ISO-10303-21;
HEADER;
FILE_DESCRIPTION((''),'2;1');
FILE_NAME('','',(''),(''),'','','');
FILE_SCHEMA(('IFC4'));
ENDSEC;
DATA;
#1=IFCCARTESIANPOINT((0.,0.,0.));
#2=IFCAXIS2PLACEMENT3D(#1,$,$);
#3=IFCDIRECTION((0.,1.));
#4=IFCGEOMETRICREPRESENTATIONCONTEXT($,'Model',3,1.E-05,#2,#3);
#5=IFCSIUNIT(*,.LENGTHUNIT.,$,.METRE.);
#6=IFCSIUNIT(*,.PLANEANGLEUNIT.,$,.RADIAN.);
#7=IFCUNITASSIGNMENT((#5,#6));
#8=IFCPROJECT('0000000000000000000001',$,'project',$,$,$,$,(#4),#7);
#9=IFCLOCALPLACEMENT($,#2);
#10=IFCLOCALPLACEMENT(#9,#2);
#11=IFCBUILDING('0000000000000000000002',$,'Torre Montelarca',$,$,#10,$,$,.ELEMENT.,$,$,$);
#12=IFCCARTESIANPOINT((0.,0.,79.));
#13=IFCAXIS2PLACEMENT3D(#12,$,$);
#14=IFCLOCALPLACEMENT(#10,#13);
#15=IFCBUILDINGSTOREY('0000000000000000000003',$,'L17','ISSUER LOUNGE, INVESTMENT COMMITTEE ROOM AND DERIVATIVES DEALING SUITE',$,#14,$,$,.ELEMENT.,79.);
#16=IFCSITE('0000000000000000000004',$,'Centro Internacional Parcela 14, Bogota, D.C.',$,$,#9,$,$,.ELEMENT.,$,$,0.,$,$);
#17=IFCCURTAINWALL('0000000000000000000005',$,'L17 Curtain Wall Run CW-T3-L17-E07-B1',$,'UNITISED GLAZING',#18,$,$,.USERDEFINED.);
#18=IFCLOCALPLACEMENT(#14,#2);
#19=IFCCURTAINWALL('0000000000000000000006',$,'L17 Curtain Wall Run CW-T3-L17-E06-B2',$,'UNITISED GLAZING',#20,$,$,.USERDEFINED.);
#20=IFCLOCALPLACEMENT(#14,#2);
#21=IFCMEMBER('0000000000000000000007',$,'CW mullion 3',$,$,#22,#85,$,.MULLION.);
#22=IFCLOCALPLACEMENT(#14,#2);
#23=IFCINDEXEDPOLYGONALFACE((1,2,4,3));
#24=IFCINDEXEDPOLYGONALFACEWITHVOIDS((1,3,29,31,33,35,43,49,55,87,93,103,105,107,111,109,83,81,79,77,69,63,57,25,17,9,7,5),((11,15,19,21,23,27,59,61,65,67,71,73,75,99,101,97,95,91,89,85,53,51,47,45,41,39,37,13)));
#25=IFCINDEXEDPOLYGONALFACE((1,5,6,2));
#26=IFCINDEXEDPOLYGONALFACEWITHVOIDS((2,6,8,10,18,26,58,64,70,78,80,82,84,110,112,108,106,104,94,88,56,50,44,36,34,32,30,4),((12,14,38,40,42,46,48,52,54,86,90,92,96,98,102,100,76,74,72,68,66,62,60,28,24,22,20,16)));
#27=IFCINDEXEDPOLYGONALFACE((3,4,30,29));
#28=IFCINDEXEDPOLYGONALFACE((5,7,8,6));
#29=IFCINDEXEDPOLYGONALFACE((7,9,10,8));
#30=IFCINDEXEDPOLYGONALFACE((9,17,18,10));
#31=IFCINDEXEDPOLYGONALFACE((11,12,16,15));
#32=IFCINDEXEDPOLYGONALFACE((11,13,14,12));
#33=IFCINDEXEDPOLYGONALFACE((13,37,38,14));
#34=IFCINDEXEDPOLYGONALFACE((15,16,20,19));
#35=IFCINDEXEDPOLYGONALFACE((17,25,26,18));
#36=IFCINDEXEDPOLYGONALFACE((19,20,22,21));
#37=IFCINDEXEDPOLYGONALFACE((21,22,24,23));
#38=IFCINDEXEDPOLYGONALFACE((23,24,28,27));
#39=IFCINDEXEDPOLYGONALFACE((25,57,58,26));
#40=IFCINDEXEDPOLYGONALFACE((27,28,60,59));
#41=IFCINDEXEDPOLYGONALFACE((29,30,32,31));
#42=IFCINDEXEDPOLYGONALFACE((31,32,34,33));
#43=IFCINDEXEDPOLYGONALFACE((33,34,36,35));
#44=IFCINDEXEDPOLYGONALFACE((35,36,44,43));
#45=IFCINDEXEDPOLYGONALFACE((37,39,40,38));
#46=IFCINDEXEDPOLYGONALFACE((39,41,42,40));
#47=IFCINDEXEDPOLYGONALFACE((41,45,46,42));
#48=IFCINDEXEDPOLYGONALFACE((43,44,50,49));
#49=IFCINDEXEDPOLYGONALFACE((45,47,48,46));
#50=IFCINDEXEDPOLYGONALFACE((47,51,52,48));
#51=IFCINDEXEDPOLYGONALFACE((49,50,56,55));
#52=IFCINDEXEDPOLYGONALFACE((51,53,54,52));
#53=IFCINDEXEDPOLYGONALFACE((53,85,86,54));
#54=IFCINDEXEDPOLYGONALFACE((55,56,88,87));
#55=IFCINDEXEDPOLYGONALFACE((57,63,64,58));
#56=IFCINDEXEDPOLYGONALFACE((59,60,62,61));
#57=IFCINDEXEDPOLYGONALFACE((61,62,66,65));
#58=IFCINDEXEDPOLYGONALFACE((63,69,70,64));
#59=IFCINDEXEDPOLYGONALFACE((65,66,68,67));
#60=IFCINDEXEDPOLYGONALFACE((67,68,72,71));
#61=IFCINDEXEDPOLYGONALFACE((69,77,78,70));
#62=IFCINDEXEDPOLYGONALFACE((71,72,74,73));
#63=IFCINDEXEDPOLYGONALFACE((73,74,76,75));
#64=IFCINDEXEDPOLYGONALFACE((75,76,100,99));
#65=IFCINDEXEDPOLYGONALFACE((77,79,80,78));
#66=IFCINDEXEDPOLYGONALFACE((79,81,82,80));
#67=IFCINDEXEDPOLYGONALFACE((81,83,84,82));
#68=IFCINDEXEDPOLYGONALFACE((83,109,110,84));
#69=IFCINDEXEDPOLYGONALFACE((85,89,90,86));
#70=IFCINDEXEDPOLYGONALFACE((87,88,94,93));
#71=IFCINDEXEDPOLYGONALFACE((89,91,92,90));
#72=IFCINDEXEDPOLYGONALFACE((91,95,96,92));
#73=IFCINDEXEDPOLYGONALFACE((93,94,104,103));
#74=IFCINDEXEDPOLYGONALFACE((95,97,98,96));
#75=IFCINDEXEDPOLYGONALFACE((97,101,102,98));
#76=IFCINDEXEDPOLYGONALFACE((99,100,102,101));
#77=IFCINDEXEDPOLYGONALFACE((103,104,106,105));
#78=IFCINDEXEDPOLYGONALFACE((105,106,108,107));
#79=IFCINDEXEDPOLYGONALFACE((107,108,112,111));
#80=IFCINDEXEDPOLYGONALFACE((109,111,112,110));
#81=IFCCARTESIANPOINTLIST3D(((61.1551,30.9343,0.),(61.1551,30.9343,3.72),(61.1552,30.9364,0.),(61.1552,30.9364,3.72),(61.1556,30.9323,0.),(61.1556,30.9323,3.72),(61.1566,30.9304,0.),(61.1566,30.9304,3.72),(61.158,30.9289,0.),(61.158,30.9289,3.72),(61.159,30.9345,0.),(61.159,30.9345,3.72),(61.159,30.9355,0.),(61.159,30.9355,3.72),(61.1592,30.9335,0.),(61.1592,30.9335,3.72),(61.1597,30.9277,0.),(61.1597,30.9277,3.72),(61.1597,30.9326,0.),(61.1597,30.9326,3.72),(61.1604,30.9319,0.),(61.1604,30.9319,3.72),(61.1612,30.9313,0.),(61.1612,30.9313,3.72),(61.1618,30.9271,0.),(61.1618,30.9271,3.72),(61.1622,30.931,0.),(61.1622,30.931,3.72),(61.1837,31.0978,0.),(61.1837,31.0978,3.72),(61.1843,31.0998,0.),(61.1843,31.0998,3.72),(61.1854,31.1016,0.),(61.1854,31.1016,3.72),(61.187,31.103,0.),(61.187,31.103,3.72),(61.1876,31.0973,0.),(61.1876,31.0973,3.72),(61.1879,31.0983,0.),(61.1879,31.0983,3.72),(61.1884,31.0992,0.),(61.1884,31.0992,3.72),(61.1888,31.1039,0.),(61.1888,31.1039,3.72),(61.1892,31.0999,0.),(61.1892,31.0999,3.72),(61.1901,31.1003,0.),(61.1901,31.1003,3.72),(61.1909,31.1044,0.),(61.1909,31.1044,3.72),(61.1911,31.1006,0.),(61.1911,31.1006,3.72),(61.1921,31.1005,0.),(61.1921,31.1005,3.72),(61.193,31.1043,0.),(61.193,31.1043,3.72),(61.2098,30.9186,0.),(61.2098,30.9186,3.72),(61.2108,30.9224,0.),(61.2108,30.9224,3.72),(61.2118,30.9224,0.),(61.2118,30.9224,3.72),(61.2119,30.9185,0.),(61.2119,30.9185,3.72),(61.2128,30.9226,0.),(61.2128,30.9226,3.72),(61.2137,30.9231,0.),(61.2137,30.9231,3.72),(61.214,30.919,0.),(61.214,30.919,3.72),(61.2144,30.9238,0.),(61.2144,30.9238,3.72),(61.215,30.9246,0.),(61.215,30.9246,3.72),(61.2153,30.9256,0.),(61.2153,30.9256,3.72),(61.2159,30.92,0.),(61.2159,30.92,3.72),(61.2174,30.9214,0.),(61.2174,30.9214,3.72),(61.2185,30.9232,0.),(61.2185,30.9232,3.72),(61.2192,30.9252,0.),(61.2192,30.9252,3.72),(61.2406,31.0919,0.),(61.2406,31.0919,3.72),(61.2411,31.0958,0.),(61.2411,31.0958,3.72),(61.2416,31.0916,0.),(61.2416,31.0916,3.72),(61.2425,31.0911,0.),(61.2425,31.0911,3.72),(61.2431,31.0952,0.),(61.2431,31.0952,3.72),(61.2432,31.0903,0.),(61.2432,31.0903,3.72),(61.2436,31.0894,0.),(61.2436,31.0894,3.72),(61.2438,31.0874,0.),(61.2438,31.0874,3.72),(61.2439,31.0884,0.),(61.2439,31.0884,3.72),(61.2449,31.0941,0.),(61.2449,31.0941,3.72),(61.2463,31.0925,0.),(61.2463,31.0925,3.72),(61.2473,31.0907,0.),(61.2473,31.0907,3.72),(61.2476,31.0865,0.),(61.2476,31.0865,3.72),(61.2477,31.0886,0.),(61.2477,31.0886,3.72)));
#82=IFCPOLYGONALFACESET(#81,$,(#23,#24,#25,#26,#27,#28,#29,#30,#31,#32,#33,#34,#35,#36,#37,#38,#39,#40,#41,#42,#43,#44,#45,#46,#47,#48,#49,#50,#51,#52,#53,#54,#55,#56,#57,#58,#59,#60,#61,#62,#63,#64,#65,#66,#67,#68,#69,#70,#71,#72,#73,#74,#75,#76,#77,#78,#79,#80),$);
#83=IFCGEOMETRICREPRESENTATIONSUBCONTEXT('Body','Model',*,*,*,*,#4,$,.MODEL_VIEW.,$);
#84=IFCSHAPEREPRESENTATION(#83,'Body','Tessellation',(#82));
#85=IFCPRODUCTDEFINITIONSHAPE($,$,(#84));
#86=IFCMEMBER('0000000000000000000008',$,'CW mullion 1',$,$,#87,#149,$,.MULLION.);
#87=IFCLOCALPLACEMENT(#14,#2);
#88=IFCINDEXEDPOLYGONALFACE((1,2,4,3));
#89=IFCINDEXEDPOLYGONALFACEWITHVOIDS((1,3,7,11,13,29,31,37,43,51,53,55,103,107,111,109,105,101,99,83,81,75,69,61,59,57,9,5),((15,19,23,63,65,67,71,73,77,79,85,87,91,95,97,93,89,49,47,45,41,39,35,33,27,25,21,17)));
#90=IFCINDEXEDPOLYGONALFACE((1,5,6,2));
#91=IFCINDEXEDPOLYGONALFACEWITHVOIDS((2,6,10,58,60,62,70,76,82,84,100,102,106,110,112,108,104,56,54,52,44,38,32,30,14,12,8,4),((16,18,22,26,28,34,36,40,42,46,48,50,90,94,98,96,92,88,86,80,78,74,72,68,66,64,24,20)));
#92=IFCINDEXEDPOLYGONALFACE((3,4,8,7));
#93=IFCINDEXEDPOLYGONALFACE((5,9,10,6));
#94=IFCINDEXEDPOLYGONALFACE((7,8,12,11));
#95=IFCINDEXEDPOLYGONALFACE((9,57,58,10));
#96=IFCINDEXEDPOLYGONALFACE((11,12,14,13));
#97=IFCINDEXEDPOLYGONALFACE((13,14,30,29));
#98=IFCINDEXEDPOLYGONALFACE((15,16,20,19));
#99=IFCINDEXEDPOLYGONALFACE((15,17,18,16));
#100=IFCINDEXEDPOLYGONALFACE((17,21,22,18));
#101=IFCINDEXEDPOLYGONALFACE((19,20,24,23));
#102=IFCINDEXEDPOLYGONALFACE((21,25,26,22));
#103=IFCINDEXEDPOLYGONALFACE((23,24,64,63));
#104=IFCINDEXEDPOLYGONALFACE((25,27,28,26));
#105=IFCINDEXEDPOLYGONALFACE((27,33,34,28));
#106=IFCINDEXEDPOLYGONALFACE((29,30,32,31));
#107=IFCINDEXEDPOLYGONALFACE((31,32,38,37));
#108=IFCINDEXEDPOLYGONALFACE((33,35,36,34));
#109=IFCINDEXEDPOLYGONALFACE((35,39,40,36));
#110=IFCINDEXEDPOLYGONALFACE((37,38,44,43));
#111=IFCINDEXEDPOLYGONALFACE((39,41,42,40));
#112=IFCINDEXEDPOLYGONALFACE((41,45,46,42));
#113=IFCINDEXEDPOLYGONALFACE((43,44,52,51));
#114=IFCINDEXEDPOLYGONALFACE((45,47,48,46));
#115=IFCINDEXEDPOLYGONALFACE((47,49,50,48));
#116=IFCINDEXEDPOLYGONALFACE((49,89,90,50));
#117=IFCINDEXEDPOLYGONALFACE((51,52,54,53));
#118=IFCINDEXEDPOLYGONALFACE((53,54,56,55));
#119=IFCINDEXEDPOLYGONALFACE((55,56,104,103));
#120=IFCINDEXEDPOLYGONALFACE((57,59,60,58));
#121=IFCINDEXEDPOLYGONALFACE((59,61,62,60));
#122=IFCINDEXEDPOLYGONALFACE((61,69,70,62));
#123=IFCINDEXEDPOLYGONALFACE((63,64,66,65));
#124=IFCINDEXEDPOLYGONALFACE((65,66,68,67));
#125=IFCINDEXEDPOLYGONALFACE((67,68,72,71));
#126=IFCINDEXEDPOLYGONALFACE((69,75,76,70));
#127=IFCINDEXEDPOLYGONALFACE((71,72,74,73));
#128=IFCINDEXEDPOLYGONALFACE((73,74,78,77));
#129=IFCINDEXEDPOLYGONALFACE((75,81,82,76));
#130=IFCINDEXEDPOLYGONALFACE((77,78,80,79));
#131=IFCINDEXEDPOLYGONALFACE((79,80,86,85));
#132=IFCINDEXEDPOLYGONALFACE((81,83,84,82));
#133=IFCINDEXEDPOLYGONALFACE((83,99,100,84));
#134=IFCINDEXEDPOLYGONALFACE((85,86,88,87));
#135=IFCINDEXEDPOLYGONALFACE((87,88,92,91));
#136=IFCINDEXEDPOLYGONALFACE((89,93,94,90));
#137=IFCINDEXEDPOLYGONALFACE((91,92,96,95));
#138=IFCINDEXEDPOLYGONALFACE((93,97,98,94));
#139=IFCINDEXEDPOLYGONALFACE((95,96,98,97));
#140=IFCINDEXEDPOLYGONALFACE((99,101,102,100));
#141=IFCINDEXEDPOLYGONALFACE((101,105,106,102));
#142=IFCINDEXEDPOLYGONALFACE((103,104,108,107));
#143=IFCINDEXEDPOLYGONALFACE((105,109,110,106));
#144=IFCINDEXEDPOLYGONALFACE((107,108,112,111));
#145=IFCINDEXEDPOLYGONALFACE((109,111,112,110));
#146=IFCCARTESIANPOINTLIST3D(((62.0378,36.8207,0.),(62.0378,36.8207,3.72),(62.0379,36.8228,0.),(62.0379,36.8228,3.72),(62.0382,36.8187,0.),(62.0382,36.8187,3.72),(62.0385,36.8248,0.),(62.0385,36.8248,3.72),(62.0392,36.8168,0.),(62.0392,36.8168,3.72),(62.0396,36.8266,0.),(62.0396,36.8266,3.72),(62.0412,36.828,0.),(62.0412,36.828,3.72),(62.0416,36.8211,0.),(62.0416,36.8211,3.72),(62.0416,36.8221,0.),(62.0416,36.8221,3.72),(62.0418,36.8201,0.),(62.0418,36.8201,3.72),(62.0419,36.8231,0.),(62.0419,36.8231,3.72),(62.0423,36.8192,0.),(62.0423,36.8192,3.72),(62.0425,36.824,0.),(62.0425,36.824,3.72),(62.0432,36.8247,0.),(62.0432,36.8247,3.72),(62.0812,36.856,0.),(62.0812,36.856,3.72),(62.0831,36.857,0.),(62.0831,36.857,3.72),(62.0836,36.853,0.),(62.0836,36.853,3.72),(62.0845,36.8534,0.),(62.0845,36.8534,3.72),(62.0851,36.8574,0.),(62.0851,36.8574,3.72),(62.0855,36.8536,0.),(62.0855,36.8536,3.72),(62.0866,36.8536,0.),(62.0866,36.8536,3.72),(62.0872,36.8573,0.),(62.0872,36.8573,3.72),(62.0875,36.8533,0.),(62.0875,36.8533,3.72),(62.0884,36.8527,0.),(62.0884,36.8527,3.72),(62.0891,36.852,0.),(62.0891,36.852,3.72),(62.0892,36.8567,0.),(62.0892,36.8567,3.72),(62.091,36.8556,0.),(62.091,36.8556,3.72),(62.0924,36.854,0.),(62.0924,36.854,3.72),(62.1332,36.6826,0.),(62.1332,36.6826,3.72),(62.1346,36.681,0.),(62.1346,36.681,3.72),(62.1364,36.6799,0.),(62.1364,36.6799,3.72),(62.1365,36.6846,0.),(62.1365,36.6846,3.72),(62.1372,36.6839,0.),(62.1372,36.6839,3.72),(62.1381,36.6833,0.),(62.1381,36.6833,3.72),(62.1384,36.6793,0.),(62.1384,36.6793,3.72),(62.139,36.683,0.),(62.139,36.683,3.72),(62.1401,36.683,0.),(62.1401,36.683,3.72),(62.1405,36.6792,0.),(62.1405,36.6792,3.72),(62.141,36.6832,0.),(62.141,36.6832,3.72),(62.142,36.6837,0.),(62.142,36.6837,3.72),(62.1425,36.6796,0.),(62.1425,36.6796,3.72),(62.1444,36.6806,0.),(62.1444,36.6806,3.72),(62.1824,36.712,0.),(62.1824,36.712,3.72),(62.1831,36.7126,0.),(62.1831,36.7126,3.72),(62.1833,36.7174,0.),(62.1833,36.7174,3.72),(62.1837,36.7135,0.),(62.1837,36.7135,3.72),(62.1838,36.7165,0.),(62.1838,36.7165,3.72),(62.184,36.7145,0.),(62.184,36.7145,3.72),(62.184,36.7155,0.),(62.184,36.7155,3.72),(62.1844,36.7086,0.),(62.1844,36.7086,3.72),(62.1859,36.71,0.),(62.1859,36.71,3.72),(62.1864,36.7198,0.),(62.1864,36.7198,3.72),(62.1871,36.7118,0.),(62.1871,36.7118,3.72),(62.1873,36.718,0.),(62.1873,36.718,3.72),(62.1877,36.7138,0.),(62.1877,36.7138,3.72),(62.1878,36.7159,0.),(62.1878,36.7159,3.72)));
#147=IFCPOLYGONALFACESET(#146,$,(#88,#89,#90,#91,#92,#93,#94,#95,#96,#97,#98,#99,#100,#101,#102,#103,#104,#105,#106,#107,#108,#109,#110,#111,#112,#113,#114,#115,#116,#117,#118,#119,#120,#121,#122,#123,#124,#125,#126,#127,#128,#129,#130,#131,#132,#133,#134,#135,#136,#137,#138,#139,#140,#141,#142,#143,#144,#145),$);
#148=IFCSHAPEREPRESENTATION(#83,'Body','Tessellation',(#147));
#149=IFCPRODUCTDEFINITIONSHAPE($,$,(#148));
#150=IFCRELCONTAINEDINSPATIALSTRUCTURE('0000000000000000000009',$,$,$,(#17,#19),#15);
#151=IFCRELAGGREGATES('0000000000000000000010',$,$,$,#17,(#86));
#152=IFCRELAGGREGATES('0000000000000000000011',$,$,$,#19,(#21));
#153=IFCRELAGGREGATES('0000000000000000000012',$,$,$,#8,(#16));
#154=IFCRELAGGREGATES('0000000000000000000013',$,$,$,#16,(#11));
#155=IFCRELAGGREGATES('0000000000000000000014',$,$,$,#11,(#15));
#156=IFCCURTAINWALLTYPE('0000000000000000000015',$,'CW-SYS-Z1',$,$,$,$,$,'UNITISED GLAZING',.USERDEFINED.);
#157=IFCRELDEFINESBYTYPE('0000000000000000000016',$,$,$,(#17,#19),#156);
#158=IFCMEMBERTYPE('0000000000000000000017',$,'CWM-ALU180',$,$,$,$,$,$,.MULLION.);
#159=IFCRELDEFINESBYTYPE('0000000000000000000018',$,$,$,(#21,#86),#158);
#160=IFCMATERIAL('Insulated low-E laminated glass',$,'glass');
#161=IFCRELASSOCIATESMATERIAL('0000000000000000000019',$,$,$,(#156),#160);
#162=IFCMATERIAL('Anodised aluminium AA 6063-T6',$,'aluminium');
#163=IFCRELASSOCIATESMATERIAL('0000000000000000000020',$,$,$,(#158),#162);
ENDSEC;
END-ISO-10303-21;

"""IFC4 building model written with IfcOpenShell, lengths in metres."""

from ifc_helpers import new_model, si_unit, direction, frame, origin, origin_2d, place, context, subcontext, project, spatial, hollow_rectangle, extrude, source, transform, mapped, material, material_profile, profile_set, type_object, element, aggregate, save


model = new_model("IFC4")

# Units and contexts
model_context = context("Model", 3, precision=1e-05, world=origin(), true_north=direction((0.0, 1.0)))
body_context = subcontext(model_context, "Body", "Model", "MODEL_VIEW")
ifc_project = project(units=[si_unit("LENGTHUNIT", "METRE"), si_unit("PLANEANGLEUNIT", "RADIAN")], contexts=[model_context])

# Site, building, storey
site_placement = place(None, origin())
site = spatial("IfcSite", under=ifc_project, at=site_placement, Name="Centro Internacional Parcela 14, Bogota, D.C.", CompositionType="ELEMENT", RefElevation=0.0)
building_placement = place(site_placement, origin())
building = spatial("IfcBuilding", under=site, at=building_placement, Name="Torre Montelarca", CompositionType="ELEMENT")
storey_placement = place(building_placement, frame((0.0, 0.0, 79.0)))
storey = spatial("IfcBuildingStorey", under=building, at=storey_placement, Name="L17", Description="ISSUER LOUNGE, INVESTMENT COMMITTEE ROOM AND DERIVATIVES DEALING SUITE", CompositionType="ELEMENT", Elevation=79.0)

# Curtain walls, member
ifc_material_1 = material(Name="Insulated low-E laminated glass", Category="glass")
curtain_wall_type = type_object("IfcCurtainWallType", Name="CW-SYS-Z1", ElementType="UNITISED GLAZING", PredefinedType="USERDEFINED", material=ifc_material_1)
curtain_wall_1_placement = place(storey_placement, origin())
curtain_wall_1 = element("IfcCurtainWall", 1, at=curtain_wall_1_placement, inside=storey, type_object=curtain_wall_type, Name="L17 Curtain Wall Run CW-T3-L17-E07-B1", ObjectType="UNITISED GLAZING", PredefinedType="USERDEFINED")
ifc_material_2 = material(Name="Anodised aluminium AA 6063-T6", Category="aluminium")
curtain_wall_2_placement = place(storey_placement, origin())
curtain_wall_2 = element("IfcCurtainWall", 2, at=curtain_wall_2_placement, inside=storey, type_object=curtain_wall_type, Name="L17 Curtain Wall Run CW-T3-L17-E06-B2", ObjectType="UNITISED GLAZING", PredefinedType="USERDEFINED")
ifc_material_profile_1 = material_profile(ifc_material_2, hollow_rectangle(XDim=0.0649, YDim=0.1799, WallThickness=0.0039, InnerFilletRadius=0.0039, OuterFilletRadius=0.0081, at=origin_2d()), Name="ALU65X180X4", Category="aluminium")
ifc_profile_set_1 = profile_set([ifc_material_profile_1], Name="Anodised aluminium AA 6063-T6")
member_type_1 = type_object("IfcMemberType", Name="CWM-ALU180", PredefinedType="MULLION", material=ifc_profile_set_1)
shared_shape_1 = source(origin(), body_context, "Body", "SweptSolid", [
    extrude(hollow_rectangle(XDim=0.0649, YDim=0.1799, WallThickness=0.0039, InnerFilletRadius=0.0039, OuterFilletRadius=0.0081, at=origin_2d()), origin(), (0.0, 0.0, 1.0), 3.72),
])
member_1_placement = place(storey_placement, frame((61.2014, 31.0115, 0.0), z_axis=(0.0, 0.0, 1.0), x_axis=(-0.98481, 0.173637, 0.0)))
member_1 = element("IfcMember", 3, at=member_1_placement, type_object=member_type_1, Name="CW mullion 3", PredefinedType="MULLION", context=body_context, shape_type="MappedRepresentation", body=[
    mapped(shared_shape_1, transform((0.0, 0.0, 0.0), scale=1.0)),
])

# Member
member_2_placement = place(storey_placement, frame((62.1128, 36.7683, 0.0), z_axis=(0.0, 0.0, 1.0), x_axis=(-0.819174, -0.573546, 0.0)))
member_2 = element("IfcMember", 4, at=member_2_placement, type_object=member_type_1, Name="CW mullion 1", PredefinedType="MULLION", context=body_context, shape_type="MappedRepresentation", body=[
    mapped(shared_shape_1, transform((0.0, 0.0, 0.0), scale=1.0)),
])

aggregate(curtain_wall_1, [member_2])
aggregate(curtain_wall_2, [member_1])

save(model, "model.ifc")
